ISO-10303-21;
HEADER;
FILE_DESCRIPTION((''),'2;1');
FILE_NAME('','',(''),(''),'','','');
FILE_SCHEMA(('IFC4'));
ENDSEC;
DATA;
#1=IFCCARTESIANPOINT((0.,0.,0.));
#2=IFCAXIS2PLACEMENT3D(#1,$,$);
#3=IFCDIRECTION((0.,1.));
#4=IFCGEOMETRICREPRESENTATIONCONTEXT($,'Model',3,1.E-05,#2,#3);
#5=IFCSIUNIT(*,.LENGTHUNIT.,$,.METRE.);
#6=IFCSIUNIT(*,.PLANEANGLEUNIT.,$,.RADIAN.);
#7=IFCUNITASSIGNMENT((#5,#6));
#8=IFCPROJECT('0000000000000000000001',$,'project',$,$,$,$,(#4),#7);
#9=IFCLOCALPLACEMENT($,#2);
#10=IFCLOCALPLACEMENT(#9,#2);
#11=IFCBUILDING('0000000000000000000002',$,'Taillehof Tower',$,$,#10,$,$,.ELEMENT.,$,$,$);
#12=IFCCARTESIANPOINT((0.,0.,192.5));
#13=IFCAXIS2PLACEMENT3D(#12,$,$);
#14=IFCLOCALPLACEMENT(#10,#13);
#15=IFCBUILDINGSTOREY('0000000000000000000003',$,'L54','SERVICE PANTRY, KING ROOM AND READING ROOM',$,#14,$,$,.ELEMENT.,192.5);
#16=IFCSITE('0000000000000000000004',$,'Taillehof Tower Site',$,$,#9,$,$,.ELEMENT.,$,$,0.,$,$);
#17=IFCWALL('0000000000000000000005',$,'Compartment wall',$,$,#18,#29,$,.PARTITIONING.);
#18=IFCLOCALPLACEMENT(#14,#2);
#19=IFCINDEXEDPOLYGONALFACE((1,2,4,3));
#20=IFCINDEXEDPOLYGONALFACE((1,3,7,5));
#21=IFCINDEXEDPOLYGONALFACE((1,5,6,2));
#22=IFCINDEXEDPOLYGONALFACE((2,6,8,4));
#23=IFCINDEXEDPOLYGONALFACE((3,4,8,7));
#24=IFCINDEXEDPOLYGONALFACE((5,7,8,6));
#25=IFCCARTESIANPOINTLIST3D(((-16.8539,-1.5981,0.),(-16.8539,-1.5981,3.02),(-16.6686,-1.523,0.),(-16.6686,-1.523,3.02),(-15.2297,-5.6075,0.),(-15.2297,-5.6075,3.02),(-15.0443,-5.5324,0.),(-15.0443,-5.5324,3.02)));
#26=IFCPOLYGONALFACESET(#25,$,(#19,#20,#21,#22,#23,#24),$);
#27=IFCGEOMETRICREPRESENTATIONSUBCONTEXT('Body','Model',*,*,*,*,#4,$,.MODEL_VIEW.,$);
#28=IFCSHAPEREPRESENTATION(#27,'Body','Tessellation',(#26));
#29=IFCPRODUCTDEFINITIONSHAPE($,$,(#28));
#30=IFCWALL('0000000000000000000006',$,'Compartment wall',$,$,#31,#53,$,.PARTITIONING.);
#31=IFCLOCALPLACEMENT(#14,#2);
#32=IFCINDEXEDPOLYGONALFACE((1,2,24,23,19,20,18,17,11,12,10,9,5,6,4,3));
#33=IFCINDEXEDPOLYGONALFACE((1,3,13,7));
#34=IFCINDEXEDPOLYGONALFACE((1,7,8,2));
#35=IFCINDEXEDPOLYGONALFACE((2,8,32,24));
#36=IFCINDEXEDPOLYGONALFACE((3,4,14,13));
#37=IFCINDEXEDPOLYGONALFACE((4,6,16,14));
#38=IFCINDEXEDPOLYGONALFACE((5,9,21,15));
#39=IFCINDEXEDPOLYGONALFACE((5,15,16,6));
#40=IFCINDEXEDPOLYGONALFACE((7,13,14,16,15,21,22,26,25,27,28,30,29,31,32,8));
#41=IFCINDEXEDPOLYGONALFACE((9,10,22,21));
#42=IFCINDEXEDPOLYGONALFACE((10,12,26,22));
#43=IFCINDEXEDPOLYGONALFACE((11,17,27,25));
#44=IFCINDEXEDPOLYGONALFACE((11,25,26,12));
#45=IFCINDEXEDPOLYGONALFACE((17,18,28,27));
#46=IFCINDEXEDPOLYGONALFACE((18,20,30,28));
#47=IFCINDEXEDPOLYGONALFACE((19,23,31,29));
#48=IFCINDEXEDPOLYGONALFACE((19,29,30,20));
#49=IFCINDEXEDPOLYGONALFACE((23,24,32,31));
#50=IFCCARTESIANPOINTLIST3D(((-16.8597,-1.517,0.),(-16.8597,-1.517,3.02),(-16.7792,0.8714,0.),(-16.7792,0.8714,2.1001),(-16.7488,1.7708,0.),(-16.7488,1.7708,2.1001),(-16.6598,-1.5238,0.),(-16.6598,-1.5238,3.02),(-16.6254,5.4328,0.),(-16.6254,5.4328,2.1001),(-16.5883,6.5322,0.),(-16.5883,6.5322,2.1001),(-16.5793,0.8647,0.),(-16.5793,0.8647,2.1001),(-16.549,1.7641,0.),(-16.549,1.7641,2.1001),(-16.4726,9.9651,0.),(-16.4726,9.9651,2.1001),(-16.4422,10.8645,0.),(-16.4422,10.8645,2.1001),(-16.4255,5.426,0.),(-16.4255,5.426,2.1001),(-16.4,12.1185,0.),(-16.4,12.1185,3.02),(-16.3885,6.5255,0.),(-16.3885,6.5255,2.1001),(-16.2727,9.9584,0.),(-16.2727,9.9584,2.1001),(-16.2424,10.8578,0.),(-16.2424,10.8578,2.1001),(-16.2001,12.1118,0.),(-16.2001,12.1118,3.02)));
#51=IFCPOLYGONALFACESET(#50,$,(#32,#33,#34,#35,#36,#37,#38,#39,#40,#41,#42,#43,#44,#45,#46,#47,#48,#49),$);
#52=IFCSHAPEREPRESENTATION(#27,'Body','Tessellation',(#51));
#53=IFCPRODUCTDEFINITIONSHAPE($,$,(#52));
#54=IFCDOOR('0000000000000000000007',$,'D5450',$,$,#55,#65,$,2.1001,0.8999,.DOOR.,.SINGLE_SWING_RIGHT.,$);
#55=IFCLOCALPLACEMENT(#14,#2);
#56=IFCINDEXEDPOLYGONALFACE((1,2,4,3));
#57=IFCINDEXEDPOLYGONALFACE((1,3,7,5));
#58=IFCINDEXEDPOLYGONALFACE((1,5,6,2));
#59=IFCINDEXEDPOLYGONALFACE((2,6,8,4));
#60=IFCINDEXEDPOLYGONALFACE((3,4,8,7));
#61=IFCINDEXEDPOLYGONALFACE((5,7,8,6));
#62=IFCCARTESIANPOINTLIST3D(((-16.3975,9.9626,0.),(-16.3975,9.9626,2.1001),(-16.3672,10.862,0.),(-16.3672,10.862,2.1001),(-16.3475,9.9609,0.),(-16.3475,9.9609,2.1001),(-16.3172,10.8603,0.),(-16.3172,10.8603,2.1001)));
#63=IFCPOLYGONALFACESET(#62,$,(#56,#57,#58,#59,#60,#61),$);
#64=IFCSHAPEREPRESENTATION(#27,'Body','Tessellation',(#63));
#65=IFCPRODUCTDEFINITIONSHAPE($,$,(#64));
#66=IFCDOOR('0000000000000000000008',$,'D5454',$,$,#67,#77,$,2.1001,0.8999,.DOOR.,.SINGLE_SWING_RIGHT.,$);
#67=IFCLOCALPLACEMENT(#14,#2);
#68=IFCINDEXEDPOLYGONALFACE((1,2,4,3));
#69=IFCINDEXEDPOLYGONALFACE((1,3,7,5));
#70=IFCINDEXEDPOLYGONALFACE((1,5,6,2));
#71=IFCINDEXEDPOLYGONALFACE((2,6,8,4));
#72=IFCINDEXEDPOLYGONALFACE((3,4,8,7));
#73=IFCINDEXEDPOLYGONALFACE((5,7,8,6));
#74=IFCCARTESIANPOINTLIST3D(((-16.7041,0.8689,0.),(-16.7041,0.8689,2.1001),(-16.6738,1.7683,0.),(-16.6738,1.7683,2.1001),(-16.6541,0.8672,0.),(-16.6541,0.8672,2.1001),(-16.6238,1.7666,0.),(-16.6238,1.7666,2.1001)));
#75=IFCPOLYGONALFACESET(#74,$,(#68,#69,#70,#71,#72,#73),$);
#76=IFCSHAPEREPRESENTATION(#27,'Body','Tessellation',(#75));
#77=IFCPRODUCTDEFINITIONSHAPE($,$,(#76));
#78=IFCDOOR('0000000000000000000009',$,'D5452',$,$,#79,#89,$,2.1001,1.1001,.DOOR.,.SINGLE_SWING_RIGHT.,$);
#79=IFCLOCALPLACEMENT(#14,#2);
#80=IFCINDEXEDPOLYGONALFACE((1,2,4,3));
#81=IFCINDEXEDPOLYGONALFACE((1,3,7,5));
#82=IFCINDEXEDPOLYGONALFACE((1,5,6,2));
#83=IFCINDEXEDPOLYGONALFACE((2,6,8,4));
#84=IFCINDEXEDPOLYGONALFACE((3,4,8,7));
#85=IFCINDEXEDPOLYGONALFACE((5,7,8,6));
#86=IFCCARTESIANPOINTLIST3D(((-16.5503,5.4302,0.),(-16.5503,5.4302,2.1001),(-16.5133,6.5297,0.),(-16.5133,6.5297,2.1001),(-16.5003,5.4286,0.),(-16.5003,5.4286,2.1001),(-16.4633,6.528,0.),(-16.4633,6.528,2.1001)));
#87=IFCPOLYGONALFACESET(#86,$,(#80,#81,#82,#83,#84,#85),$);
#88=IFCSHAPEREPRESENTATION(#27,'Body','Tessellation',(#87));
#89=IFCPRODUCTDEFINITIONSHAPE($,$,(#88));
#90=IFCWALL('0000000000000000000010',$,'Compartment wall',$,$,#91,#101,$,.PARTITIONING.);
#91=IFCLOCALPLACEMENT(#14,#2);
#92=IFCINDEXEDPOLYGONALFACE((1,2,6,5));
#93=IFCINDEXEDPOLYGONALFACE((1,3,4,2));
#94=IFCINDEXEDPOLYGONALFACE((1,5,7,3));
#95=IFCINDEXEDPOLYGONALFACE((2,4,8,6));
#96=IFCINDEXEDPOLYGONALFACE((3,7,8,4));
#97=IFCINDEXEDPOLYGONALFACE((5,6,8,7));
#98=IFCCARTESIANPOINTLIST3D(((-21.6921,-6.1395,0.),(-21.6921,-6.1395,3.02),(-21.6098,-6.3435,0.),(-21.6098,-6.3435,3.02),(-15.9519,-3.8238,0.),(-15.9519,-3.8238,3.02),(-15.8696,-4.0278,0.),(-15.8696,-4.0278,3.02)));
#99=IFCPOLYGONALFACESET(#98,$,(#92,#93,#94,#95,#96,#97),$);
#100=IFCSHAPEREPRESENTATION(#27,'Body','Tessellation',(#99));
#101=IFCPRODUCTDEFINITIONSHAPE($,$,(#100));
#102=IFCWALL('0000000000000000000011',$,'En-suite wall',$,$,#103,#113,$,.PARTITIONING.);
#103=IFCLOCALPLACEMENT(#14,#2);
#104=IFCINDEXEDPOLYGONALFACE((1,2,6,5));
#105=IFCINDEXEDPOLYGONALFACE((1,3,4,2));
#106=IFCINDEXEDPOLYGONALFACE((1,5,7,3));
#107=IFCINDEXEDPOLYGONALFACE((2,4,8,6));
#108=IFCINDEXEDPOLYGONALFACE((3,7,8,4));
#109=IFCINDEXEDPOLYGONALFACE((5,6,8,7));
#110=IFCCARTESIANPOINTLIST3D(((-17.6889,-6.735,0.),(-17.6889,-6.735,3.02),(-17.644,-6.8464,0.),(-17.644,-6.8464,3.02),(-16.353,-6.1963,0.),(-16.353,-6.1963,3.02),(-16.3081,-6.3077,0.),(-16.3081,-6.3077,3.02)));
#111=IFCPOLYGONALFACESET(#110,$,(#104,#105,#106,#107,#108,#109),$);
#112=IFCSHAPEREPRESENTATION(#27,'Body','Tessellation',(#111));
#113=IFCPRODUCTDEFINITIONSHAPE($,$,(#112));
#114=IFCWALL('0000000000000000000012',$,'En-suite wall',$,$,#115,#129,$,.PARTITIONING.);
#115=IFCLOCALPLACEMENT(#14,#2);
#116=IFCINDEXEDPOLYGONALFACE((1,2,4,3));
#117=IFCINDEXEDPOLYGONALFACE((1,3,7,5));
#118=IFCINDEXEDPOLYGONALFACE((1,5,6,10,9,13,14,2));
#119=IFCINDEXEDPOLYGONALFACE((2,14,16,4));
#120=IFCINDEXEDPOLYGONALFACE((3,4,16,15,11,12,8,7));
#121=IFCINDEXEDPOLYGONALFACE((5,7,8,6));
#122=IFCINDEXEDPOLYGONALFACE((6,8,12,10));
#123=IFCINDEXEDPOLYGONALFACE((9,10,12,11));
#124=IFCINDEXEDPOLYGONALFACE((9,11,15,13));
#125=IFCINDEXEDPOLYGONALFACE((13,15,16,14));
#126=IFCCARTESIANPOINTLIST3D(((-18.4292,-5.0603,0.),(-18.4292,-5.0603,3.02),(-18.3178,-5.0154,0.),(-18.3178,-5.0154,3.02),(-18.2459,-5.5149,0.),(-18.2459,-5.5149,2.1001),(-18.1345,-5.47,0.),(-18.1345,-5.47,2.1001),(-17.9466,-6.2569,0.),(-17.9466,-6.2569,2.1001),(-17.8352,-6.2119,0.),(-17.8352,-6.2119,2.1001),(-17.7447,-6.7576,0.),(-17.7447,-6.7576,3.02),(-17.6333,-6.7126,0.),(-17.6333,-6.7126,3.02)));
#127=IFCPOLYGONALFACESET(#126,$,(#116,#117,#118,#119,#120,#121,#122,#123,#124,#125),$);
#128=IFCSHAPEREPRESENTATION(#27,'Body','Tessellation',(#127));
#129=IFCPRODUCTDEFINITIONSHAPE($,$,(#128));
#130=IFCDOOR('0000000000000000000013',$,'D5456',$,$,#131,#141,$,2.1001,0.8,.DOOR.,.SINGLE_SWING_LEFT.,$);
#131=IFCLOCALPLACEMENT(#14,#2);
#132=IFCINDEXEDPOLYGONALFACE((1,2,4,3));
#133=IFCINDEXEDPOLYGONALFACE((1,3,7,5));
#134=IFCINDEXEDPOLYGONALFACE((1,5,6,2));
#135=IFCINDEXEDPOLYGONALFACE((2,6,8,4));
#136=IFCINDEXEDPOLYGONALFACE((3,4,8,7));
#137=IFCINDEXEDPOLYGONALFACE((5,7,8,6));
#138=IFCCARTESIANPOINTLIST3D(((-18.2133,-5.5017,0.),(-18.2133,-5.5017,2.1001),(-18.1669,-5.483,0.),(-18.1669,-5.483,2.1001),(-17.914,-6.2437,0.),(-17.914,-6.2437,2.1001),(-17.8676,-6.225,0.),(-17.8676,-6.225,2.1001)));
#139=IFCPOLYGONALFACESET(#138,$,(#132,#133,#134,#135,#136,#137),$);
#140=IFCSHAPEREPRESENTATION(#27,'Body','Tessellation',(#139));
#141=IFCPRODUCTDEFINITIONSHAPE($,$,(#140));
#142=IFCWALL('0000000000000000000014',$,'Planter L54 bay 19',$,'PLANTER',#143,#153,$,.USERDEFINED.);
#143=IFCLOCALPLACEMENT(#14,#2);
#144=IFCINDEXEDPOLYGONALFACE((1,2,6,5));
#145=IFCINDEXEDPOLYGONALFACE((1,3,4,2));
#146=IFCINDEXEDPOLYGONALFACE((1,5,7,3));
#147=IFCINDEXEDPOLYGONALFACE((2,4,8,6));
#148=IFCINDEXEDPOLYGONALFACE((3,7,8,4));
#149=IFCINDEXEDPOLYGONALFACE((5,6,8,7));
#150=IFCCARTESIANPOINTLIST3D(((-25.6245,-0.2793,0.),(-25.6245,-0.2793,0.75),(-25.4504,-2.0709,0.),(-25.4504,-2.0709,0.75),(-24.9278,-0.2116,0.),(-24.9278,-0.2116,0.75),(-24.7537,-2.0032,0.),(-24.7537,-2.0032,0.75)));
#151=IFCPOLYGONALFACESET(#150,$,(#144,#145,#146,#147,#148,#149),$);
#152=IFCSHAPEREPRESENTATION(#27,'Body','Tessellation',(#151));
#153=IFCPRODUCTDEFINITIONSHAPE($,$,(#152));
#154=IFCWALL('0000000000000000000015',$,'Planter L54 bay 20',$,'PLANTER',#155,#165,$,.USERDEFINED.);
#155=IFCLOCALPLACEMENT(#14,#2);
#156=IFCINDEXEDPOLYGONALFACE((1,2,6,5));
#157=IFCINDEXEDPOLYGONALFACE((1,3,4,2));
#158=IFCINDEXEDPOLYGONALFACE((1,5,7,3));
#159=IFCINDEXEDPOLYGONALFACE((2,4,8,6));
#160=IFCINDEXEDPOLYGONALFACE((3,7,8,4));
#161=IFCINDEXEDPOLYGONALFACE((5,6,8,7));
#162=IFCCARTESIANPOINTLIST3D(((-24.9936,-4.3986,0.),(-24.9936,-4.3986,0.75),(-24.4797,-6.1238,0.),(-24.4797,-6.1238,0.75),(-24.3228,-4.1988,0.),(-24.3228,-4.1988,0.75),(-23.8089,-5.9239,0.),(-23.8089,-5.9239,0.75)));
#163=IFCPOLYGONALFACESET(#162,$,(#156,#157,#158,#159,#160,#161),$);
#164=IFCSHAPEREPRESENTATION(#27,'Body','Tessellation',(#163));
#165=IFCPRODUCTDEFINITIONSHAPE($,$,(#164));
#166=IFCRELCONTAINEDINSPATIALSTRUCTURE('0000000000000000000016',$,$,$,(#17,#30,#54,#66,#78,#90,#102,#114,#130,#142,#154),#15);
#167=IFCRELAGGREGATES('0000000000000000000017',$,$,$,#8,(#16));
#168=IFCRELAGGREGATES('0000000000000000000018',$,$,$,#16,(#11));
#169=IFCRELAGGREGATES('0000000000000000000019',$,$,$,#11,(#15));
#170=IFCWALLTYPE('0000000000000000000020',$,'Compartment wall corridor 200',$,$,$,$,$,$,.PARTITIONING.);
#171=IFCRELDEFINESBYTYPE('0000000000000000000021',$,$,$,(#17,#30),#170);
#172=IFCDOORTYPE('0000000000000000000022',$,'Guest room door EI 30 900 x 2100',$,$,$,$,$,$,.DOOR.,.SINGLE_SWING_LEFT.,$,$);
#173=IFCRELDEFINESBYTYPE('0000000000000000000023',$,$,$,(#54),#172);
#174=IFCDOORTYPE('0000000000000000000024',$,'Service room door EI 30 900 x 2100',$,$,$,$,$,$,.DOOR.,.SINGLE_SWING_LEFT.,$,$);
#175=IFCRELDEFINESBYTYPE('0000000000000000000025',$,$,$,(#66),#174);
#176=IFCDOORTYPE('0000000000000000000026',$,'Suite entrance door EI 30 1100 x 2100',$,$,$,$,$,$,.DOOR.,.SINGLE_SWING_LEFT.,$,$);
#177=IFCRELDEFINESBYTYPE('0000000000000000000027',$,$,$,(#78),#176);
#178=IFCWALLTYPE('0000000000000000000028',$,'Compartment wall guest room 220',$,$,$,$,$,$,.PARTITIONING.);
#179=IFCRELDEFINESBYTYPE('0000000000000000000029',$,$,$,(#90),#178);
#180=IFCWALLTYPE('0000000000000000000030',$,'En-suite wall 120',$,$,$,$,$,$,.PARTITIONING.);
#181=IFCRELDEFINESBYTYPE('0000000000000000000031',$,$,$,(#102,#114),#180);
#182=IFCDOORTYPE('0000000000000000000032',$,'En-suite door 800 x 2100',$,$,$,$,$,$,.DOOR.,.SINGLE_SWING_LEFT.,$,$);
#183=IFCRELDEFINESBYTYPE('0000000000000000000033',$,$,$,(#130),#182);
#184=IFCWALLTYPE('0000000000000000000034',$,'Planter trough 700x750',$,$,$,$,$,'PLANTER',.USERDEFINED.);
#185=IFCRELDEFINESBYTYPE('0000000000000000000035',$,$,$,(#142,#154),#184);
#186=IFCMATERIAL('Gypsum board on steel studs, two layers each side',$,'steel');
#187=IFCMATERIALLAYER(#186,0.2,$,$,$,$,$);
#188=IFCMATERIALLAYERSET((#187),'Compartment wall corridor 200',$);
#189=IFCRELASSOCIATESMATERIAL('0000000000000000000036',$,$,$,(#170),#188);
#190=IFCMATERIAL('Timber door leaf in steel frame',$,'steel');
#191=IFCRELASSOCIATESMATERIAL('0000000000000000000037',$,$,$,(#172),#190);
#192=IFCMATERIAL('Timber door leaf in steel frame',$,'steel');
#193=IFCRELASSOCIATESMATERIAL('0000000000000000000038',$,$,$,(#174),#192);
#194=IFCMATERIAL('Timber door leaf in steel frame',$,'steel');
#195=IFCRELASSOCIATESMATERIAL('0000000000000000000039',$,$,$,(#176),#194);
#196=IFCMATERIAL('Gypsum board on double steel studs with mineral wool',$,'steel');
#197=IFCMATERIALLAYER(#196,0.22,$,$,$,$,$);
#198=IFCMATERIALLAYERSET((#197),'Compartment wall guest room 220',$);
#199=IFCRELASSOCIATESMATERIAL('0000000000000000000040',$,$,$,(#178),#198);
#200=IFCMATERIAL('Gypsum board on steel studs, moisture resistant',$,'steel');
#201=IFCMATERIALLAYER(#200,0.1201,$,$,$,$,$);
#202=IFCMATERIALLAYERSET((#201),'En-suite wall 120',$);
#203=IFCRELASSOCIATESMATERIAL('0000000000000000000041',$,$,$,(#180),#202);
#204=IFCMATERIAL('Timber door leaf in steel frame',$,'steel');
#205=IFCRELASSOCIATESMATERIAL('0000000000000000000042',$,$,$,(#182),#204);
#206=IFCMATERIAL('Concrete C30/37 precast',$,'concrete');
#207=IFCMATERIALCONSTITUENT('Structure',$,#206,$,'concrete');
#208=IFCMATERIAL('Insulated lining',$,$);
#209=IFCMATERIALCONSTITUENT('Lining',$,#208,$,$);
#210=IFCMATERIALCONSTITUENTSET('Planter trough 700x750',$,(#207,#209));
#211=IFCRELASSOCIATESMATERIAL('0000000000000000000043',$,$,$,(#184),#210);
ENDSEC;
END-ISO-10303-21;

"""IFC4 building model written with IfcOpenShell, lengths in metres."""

from ifc_helpers import new_model, si_unit, direction, frame, frame_2d, origin, place, context, subcontext, project, spatial, rectangle, extrude, material, layer, layer_set, constituent, constituent_set, type_object, element, fill, save


model = new_model("IFC4")

# Units and contexts
model_context = context("Model", 3, precision=1e-05, world=origin(), true_north=direction((0.0, 1.0)))
body_context = subcontext(model_context, "Body", "Model", "MODEL_VIEW")
ifc_project = project(units=[si_unit("LENGTHUNIT", "METRE"), si_unit("PLANEANGLEUNIT", "RADIAN")], contexts=[model_context])

# Site, building, storey
site_placement = place(None, origin())
site = spatial("IfcSite", under=ifc_project, at=site_placement, Name="Taillehof Tower Site", CompositionType="ELEMENT", RefElevation=0.0)
building_placement = place(site_placement, origin())
building = spatial("IfcBuilding", under=site, at=building_placement, Name="Taillehof Tower", CompositionType="ELEMENT")
storey_placement = place(building_placement, frame((0.0, 0.0, 192.5)))
storey = spatial("IfcBuildingStorey", under=building, at=storey_placement, Name="L54", Description="SERVICE PANTRY, KING ROOM AND READING ROOM", CompositionType="ELEMENT", Elevation=192.5)

# Wall
ifc_material_1 = material(Name="Gypsum board on steel studs, two layers each side", Category="steel")
ifc_layer_1 = layer(ifc_material_1, 0.2)
ifc_layer_set_1 = layer_set([ifc_layer_1], Name="Compartment wall corridor 200")
wall_type_1 = type_object("IfcWallType", Name="Compartment wall corridor 200", PredefinedType="PARTITIONING", material=ifc_layer_set_1)
wall_1_placement = place(storey_placement, frame((-15.137, -5.5701, 0.0), z_axis=(0.0, 0.0, 1.0), x_axis=(-0.375464, 0.926837, 0.0)))
element("IfcWall", 1, at=wall_1_placement, inside=storey, type_object=wall_type_1, Name="Compartment wall", PredefinedType="PARTITIONING", context=body_context, shape_type="SweptSolid", body=[
    extrude(rectangle(XDim=4.3259, YDim=0.2, at=frame_2d((2.1631, 0.0))), origin(), (0.0, 0.0, 1.0), 3.02),
])

# Wall, openings, doors
wall_2_placement = place(storey_placement, frame((-16.7598, -1.5205, 0.0), z_axis=(0.0, 0.0, 1.0), x_axis=(0.033696, 0.999432, 0.0)))
wall_2 = element("IfcWall", 2, at=wall_2_placement, inside=storey, type_object=wall_type_1, Name="Compartment wall", PredefinedType="PARTITIONING", context=body_context, shape_type="SweptSolid", body=[
    extrude(rectangle(XDim=13.6433, YDim=0.2, at=frame_2d((6.8218, 0.0))), origin(), (0.0, 0.0, 1.0), 3.02),
])
opening_1_placement = place(wall_2_placement, frame((11.4888, 0.0, 0.0)))
opening_1 = element("IfcOpeningElement", 3, at=opening_1_placement, cuts=wall_2, PredefinedType="OPENING", context=body_context, shape_type="SweptSolid", body=[
    extrude(rectangle(XDim=0.8999, YDim=2.1001, at=frame_2d((0.45, 1.05))), frame((0.0, 0.1099, 0.0), z_axis=(0.0, -1.0, 0.0), x_axis=(1.0, 0.0, 0.0)), (0.0, 0.0, 1.0), 0.22),
])
opening_2_placement = place(wall_2_placement, frame((6.9539, 0.0, 0.0)))
opening_2 = element("IfcOpeningElement", 4, at=opening_2_placement, cuts=wall_2, PredefinedType="OPENING", context=body_context, shape_type="SweptSolid", body=[
    extrude(rectangle(XDim=1.1001, YDim=2.1001, at=frame_2d((0.55, 1.05))), frame((0.0, 0.1099, 0.0), z_axis=(0.0, -1.0, 0.0), x_axis=(1.0, 0.0, 0.0)), (0.0, 0.0, 1.0), 0.22),
])
opening_3_placement = place(wall_2_placement, frame((2.3899, 0.0, 0.0)))
opening_3 = element("IfcOpeningElement", 5, at=opening_3_placement, cuts=wall_2, PredefinedType="OPENING", context=body_context, shape_type="SweptSolid", body=[
    extrude(rectangle(XDim=0.8999, YDim=2.1001, at=frame_2d((0.45, 1.05))), frame((0.0, 0.1099, 0.0), z_axis=(0.0, -1.0, 0.0), x_axis=(1.0, 0.0, 0.0)), (0.0, 0.0, 1.0), 0.22),
])
ifc_material_2 = material(Name="Timber door leaf in steel frame", Category="steel")
door_type_1 = type_object("IfcDoorType", Name="Guest room door EI 30 900 x 2100", OperationType="SINGLE_SWING_LEFT", PredefinedType="DOOR", material=ifc_material_2)
door_1_placement = place(opening_1_placement, origin())
door_1 = element("IfcDoor", 6, at=door_1_placement, inside=storey, type_object=door_type_1, Name="D5450", OperationType="SINGLE_SWING_RIGHT", OverallHeight=2.1001, OverallWidth=0.8999, PredefinedType="DOOR", context=body_context, shape_type="SweptSolid", body=[
    extrude(rectangle(XDim=0.8999, YDim=2.1001, at=frame_2d((0.45, 1.05))), frame((0.0, 0.0249, 0.0), z_axis=(0.0, -1.0, 0.0), x_axis=(1.0, 0.0, 0.0)), (0.0, 0.0, 1.0), 0.05),
])
fill(opening_1, door_1)
ifc_material_3 = material(Name="Timber door leaf in steel frame", Category="steel")
door_type_2 = type_object("IfcDoorType", Name="Service room door EI 30 900 x 2100", OperationType="SINGLE_SWING_LEFT", PredefinedType="DOOR", material=ifc_material_3)
door_2_placement = place(opening_3_placement, origin())
door_2 = element("IfcDoor", 7, at=door_2_placement, inside=storey, type_object=door_type_2, Name="D5454", OperationType="SINGLE_SWING_RIGHT", OverallHeight=2.1001, OverallWidth=0.8999, PredefinedType="DOOR", context=body_context, shape_type="SweptSolid", body=[
    extrude(rectangle(XDim=0.8999, YDim=2.1001, at=frame_2d((0.45, 1.05))), frame((0.0, 0.0249, 0.0), z_axis=(0.0, -1.0, 0.0), x_axis=(1.0, 0.0, 0.0)), (0.0, 0.0, 1.0), 0.05),
])
fill(opening_3, door_2)
ifc_material_4 = material(Name="Timber door leaf in steel frame", Category="steel")
door_type_3 = type_object("IfcDoorType", Name="Suite entrance door EI 30 1100 x 2100", OperationType="SINGLE_SWING_LEFT", PredefinedType="DOOR", material=ifc_material_4)
door_3_placement = place(opening_2_placement, origin())
door_3 = element("IfcDoor", 8, at=door_3_placement, inside=storey, type_object=door_type_3, Name="D5452", OperationType="SINGLE_SWING_RIGHT", OverallHeight=2.1001, OverallWidth=1.1001, PredefinedType="DOOR", context=body_context, shape_type="SweptSolid", body=[
    extrude(rectangle(XDim=1.1001, YDim=2.1001, at=frame_2d((0.55, 1.05))), frame((0.0, 0.0249, 0.0), z_axis=(0.0, -1.0, 0.0), x_axis=(1.0, 0.0, 0.0)), (0.0, 0.0, 1.0), 0.05),
])
fill(opening_2, door_3)

# Walls
ifc_material_5 = material(Name="Gypsum board on double steel studs with mineral wool", Category="steel")
ifc_layer_2 = layer(ifc_material_5, 0.22)
ifc_layer_set_2 = layer_set([ifc_layer_2], Name="Compartment wall guest room 220")
wall_type_2 = type_object("IfcWallType", Name="Compartment wall guest room 220", PredefinedType="PARTITIONING", material=ifc_layer_set_2)
wall_3_placement = place(storey_placement, frame((-21.6509, -6.2415, 0.0), z_axis=(0.0, 0.0, 1.0), x_axis=(0.927382, 0.374116, 0.0)))
element("IfcWall", 9, at=wall_3_placement, inside=storey, type_object=wall_type_2, Name="Compartment wall", PredefinedType="PARTITIONING", context=body_context, shape_type="SweptSolid", body=[
    extrude(rectangle(XDim=6.1897, YDim=0.22, at=frame_2d((3.0947, 0.0))), origin(), (0.0, 0.0, 1.0), 3.02),
])
ifc_material_6 = material(Name="Gypsum board on steel studs, moisture resistant", Category="steel")
ifc_layer_3 = layer(ifc_material_6, 0.1201)
ifc_layer_set_3 = layer_set([ifc_layer_3], Name="En-suite wall 120")
wall_type_3 = type_object("IfcWallType", Name="En-suite wall 120", PredefinedType="PARTITIONING", material=ifc_layer_set_3)
wall_4_placement = place(storey_placement, frame((-16.3306, -6.252, 0.0), z_axis=(0.0, 0.0, 1.0), x_axis=(-0.927409, -0.374048, 0.0)))
element("IfcWall", 10, at=wall_4_placement, inside=storey, type_object=wall_type_3, Name="En-suite wall", PredefinedType="PARTITIONING", context=body_context, shape_type="SweptSolid", body=[
    extrude(rectangle(XDim=1.4404, YDim=0.1201, at=frame_2d((0.7202, 0.0))), origin(), (0.0, 0.0, 1.0), 3.02),
])

# Wall, opening, door
wall_5_placement = place(storey_placement, frame((-17.689, -6.7351, 0.0), z_axis=(0.0, 0.0, 1.0), x_axis=(-0.374057, 0.927406, 0.0)))
wall_5 = element("IfcWall", 11, at=wall_5_placement, inside=storey, type_object=wall_type_3, Name="En-suite wall", PredefinedType="PARTITIONING", context=body_context, shape_type="SweptSolid", body=[
    extrude(rectangle(XDim=1.8301, YDim=0.1201, at=frame_2d((0.915, 0.0))), origin(), (0.0, 0.0, 1.0), 3.02),
])
opening_4_placement = place(wall_5_placement, frame((0.54, 0.0, 0.0)))
opening_4 = element("IfcOpeningElement", 12, at=opening_4_placement, cuts=wall_5, PredefinedType="OPENING", context=body_context, shape_type="SweptSolid", body=[
    extrude(rectangle(XDim=0.8, YDim=2.1001, at=frame_2d((0.3999, 1.05))), frame((0.0, 0.0701, 0.0), z_axis=(0.0, -1.0, 0.0), x_axis=(1.0, 0.0, 0.0)), (0.0, 0.0, 1.0), 0.1401),
])
ifc_material_7 = material(Name="Timber door leaf in steel frame", Category="steel")
door_type_4 = type_object("IfcDoorType", Name="En-suite door 800 x 2100", OperationType="SINGLE_SWING_LEFT", PredefinedType="DOOR", material=ifc_material_7)
door_4_placement = place(opening_4_placement, origin())
door_4 = element("IfcDoor", 13, at=door_4_placement, inside=storey, type_object=door_type_4, Name="D5456", OperationType="SINGLE_SWING_LEFT", OverallHeight=2.1001, OverallWidth=0.8, PredefinedType="DOOR", context=body_context, shape_type="SweptSolid", body=[
    extrude(rectangle(XDim=0.8, YDim=2.1001, at=frame_2d((0.3999, 1.05))), frame((0.0, 0.0249, 0.0), z_axis=(0.0, -1.0, 0.0), x_axis=(1.0, 0.0, 0.0)), (0.0, 0.0, 1.0), 0.05),
])
fill(opening_4, door_4)

# Walls
ifc_material_8 = material(Name="Concrete C30/37 precast", Category="concrete")
ifc_constituent_1 = constituent(ifc_material_8, Name="Structure", Category="concrete")
ifc_material_9 = material(Name="Insulated lining")
ifc_constituent_2 = constituent(ifc_material_9, Name="Lining")
ifc_constituent_set = constituent_set(constituents=[ifc_constituent_1, ifc_constituent_2], Name="Planter trough 700x750")
wall_type_4 = type_object("IfcWallType", Name="Planter trough 700x750", ElementType="PLANTER", PredefinedType="USERDEFINED", material=ifc_constituent_set)
for number, where, z_axis, x_axis, name in (
    (14, (-25.2761, -0.2456, 0.0), (0.0, 0.0, 1.0), (0.09671, -0.995313, 0.0), "Planter L54 bay 19"),
    (15, (-24.6582, -4.2988, 0.0), (0.0, 0.0, 1.0), (0.285506, -0.958377, 0.0), "Planter L54 bay 20"),
):
    element("IfcWall", number, at=place(storey_placement, frame(where, z_axis=z_axis, x_axis=x_axis)), inside=storey, type_object=wall_type_4, Name=name, ObjectType="PLANTER", PredefinedType="USERDEFINED", context=body_context, shape_type="SweptSolid", body=[
        extrude(rectangle(XDim=1.8, YDim=0.7, at=frame_2d((0.8999, 0.0))), origin(), (0.0, 0.0, 1.0), 0.75),
    ])

save(model, "model.ifc")
